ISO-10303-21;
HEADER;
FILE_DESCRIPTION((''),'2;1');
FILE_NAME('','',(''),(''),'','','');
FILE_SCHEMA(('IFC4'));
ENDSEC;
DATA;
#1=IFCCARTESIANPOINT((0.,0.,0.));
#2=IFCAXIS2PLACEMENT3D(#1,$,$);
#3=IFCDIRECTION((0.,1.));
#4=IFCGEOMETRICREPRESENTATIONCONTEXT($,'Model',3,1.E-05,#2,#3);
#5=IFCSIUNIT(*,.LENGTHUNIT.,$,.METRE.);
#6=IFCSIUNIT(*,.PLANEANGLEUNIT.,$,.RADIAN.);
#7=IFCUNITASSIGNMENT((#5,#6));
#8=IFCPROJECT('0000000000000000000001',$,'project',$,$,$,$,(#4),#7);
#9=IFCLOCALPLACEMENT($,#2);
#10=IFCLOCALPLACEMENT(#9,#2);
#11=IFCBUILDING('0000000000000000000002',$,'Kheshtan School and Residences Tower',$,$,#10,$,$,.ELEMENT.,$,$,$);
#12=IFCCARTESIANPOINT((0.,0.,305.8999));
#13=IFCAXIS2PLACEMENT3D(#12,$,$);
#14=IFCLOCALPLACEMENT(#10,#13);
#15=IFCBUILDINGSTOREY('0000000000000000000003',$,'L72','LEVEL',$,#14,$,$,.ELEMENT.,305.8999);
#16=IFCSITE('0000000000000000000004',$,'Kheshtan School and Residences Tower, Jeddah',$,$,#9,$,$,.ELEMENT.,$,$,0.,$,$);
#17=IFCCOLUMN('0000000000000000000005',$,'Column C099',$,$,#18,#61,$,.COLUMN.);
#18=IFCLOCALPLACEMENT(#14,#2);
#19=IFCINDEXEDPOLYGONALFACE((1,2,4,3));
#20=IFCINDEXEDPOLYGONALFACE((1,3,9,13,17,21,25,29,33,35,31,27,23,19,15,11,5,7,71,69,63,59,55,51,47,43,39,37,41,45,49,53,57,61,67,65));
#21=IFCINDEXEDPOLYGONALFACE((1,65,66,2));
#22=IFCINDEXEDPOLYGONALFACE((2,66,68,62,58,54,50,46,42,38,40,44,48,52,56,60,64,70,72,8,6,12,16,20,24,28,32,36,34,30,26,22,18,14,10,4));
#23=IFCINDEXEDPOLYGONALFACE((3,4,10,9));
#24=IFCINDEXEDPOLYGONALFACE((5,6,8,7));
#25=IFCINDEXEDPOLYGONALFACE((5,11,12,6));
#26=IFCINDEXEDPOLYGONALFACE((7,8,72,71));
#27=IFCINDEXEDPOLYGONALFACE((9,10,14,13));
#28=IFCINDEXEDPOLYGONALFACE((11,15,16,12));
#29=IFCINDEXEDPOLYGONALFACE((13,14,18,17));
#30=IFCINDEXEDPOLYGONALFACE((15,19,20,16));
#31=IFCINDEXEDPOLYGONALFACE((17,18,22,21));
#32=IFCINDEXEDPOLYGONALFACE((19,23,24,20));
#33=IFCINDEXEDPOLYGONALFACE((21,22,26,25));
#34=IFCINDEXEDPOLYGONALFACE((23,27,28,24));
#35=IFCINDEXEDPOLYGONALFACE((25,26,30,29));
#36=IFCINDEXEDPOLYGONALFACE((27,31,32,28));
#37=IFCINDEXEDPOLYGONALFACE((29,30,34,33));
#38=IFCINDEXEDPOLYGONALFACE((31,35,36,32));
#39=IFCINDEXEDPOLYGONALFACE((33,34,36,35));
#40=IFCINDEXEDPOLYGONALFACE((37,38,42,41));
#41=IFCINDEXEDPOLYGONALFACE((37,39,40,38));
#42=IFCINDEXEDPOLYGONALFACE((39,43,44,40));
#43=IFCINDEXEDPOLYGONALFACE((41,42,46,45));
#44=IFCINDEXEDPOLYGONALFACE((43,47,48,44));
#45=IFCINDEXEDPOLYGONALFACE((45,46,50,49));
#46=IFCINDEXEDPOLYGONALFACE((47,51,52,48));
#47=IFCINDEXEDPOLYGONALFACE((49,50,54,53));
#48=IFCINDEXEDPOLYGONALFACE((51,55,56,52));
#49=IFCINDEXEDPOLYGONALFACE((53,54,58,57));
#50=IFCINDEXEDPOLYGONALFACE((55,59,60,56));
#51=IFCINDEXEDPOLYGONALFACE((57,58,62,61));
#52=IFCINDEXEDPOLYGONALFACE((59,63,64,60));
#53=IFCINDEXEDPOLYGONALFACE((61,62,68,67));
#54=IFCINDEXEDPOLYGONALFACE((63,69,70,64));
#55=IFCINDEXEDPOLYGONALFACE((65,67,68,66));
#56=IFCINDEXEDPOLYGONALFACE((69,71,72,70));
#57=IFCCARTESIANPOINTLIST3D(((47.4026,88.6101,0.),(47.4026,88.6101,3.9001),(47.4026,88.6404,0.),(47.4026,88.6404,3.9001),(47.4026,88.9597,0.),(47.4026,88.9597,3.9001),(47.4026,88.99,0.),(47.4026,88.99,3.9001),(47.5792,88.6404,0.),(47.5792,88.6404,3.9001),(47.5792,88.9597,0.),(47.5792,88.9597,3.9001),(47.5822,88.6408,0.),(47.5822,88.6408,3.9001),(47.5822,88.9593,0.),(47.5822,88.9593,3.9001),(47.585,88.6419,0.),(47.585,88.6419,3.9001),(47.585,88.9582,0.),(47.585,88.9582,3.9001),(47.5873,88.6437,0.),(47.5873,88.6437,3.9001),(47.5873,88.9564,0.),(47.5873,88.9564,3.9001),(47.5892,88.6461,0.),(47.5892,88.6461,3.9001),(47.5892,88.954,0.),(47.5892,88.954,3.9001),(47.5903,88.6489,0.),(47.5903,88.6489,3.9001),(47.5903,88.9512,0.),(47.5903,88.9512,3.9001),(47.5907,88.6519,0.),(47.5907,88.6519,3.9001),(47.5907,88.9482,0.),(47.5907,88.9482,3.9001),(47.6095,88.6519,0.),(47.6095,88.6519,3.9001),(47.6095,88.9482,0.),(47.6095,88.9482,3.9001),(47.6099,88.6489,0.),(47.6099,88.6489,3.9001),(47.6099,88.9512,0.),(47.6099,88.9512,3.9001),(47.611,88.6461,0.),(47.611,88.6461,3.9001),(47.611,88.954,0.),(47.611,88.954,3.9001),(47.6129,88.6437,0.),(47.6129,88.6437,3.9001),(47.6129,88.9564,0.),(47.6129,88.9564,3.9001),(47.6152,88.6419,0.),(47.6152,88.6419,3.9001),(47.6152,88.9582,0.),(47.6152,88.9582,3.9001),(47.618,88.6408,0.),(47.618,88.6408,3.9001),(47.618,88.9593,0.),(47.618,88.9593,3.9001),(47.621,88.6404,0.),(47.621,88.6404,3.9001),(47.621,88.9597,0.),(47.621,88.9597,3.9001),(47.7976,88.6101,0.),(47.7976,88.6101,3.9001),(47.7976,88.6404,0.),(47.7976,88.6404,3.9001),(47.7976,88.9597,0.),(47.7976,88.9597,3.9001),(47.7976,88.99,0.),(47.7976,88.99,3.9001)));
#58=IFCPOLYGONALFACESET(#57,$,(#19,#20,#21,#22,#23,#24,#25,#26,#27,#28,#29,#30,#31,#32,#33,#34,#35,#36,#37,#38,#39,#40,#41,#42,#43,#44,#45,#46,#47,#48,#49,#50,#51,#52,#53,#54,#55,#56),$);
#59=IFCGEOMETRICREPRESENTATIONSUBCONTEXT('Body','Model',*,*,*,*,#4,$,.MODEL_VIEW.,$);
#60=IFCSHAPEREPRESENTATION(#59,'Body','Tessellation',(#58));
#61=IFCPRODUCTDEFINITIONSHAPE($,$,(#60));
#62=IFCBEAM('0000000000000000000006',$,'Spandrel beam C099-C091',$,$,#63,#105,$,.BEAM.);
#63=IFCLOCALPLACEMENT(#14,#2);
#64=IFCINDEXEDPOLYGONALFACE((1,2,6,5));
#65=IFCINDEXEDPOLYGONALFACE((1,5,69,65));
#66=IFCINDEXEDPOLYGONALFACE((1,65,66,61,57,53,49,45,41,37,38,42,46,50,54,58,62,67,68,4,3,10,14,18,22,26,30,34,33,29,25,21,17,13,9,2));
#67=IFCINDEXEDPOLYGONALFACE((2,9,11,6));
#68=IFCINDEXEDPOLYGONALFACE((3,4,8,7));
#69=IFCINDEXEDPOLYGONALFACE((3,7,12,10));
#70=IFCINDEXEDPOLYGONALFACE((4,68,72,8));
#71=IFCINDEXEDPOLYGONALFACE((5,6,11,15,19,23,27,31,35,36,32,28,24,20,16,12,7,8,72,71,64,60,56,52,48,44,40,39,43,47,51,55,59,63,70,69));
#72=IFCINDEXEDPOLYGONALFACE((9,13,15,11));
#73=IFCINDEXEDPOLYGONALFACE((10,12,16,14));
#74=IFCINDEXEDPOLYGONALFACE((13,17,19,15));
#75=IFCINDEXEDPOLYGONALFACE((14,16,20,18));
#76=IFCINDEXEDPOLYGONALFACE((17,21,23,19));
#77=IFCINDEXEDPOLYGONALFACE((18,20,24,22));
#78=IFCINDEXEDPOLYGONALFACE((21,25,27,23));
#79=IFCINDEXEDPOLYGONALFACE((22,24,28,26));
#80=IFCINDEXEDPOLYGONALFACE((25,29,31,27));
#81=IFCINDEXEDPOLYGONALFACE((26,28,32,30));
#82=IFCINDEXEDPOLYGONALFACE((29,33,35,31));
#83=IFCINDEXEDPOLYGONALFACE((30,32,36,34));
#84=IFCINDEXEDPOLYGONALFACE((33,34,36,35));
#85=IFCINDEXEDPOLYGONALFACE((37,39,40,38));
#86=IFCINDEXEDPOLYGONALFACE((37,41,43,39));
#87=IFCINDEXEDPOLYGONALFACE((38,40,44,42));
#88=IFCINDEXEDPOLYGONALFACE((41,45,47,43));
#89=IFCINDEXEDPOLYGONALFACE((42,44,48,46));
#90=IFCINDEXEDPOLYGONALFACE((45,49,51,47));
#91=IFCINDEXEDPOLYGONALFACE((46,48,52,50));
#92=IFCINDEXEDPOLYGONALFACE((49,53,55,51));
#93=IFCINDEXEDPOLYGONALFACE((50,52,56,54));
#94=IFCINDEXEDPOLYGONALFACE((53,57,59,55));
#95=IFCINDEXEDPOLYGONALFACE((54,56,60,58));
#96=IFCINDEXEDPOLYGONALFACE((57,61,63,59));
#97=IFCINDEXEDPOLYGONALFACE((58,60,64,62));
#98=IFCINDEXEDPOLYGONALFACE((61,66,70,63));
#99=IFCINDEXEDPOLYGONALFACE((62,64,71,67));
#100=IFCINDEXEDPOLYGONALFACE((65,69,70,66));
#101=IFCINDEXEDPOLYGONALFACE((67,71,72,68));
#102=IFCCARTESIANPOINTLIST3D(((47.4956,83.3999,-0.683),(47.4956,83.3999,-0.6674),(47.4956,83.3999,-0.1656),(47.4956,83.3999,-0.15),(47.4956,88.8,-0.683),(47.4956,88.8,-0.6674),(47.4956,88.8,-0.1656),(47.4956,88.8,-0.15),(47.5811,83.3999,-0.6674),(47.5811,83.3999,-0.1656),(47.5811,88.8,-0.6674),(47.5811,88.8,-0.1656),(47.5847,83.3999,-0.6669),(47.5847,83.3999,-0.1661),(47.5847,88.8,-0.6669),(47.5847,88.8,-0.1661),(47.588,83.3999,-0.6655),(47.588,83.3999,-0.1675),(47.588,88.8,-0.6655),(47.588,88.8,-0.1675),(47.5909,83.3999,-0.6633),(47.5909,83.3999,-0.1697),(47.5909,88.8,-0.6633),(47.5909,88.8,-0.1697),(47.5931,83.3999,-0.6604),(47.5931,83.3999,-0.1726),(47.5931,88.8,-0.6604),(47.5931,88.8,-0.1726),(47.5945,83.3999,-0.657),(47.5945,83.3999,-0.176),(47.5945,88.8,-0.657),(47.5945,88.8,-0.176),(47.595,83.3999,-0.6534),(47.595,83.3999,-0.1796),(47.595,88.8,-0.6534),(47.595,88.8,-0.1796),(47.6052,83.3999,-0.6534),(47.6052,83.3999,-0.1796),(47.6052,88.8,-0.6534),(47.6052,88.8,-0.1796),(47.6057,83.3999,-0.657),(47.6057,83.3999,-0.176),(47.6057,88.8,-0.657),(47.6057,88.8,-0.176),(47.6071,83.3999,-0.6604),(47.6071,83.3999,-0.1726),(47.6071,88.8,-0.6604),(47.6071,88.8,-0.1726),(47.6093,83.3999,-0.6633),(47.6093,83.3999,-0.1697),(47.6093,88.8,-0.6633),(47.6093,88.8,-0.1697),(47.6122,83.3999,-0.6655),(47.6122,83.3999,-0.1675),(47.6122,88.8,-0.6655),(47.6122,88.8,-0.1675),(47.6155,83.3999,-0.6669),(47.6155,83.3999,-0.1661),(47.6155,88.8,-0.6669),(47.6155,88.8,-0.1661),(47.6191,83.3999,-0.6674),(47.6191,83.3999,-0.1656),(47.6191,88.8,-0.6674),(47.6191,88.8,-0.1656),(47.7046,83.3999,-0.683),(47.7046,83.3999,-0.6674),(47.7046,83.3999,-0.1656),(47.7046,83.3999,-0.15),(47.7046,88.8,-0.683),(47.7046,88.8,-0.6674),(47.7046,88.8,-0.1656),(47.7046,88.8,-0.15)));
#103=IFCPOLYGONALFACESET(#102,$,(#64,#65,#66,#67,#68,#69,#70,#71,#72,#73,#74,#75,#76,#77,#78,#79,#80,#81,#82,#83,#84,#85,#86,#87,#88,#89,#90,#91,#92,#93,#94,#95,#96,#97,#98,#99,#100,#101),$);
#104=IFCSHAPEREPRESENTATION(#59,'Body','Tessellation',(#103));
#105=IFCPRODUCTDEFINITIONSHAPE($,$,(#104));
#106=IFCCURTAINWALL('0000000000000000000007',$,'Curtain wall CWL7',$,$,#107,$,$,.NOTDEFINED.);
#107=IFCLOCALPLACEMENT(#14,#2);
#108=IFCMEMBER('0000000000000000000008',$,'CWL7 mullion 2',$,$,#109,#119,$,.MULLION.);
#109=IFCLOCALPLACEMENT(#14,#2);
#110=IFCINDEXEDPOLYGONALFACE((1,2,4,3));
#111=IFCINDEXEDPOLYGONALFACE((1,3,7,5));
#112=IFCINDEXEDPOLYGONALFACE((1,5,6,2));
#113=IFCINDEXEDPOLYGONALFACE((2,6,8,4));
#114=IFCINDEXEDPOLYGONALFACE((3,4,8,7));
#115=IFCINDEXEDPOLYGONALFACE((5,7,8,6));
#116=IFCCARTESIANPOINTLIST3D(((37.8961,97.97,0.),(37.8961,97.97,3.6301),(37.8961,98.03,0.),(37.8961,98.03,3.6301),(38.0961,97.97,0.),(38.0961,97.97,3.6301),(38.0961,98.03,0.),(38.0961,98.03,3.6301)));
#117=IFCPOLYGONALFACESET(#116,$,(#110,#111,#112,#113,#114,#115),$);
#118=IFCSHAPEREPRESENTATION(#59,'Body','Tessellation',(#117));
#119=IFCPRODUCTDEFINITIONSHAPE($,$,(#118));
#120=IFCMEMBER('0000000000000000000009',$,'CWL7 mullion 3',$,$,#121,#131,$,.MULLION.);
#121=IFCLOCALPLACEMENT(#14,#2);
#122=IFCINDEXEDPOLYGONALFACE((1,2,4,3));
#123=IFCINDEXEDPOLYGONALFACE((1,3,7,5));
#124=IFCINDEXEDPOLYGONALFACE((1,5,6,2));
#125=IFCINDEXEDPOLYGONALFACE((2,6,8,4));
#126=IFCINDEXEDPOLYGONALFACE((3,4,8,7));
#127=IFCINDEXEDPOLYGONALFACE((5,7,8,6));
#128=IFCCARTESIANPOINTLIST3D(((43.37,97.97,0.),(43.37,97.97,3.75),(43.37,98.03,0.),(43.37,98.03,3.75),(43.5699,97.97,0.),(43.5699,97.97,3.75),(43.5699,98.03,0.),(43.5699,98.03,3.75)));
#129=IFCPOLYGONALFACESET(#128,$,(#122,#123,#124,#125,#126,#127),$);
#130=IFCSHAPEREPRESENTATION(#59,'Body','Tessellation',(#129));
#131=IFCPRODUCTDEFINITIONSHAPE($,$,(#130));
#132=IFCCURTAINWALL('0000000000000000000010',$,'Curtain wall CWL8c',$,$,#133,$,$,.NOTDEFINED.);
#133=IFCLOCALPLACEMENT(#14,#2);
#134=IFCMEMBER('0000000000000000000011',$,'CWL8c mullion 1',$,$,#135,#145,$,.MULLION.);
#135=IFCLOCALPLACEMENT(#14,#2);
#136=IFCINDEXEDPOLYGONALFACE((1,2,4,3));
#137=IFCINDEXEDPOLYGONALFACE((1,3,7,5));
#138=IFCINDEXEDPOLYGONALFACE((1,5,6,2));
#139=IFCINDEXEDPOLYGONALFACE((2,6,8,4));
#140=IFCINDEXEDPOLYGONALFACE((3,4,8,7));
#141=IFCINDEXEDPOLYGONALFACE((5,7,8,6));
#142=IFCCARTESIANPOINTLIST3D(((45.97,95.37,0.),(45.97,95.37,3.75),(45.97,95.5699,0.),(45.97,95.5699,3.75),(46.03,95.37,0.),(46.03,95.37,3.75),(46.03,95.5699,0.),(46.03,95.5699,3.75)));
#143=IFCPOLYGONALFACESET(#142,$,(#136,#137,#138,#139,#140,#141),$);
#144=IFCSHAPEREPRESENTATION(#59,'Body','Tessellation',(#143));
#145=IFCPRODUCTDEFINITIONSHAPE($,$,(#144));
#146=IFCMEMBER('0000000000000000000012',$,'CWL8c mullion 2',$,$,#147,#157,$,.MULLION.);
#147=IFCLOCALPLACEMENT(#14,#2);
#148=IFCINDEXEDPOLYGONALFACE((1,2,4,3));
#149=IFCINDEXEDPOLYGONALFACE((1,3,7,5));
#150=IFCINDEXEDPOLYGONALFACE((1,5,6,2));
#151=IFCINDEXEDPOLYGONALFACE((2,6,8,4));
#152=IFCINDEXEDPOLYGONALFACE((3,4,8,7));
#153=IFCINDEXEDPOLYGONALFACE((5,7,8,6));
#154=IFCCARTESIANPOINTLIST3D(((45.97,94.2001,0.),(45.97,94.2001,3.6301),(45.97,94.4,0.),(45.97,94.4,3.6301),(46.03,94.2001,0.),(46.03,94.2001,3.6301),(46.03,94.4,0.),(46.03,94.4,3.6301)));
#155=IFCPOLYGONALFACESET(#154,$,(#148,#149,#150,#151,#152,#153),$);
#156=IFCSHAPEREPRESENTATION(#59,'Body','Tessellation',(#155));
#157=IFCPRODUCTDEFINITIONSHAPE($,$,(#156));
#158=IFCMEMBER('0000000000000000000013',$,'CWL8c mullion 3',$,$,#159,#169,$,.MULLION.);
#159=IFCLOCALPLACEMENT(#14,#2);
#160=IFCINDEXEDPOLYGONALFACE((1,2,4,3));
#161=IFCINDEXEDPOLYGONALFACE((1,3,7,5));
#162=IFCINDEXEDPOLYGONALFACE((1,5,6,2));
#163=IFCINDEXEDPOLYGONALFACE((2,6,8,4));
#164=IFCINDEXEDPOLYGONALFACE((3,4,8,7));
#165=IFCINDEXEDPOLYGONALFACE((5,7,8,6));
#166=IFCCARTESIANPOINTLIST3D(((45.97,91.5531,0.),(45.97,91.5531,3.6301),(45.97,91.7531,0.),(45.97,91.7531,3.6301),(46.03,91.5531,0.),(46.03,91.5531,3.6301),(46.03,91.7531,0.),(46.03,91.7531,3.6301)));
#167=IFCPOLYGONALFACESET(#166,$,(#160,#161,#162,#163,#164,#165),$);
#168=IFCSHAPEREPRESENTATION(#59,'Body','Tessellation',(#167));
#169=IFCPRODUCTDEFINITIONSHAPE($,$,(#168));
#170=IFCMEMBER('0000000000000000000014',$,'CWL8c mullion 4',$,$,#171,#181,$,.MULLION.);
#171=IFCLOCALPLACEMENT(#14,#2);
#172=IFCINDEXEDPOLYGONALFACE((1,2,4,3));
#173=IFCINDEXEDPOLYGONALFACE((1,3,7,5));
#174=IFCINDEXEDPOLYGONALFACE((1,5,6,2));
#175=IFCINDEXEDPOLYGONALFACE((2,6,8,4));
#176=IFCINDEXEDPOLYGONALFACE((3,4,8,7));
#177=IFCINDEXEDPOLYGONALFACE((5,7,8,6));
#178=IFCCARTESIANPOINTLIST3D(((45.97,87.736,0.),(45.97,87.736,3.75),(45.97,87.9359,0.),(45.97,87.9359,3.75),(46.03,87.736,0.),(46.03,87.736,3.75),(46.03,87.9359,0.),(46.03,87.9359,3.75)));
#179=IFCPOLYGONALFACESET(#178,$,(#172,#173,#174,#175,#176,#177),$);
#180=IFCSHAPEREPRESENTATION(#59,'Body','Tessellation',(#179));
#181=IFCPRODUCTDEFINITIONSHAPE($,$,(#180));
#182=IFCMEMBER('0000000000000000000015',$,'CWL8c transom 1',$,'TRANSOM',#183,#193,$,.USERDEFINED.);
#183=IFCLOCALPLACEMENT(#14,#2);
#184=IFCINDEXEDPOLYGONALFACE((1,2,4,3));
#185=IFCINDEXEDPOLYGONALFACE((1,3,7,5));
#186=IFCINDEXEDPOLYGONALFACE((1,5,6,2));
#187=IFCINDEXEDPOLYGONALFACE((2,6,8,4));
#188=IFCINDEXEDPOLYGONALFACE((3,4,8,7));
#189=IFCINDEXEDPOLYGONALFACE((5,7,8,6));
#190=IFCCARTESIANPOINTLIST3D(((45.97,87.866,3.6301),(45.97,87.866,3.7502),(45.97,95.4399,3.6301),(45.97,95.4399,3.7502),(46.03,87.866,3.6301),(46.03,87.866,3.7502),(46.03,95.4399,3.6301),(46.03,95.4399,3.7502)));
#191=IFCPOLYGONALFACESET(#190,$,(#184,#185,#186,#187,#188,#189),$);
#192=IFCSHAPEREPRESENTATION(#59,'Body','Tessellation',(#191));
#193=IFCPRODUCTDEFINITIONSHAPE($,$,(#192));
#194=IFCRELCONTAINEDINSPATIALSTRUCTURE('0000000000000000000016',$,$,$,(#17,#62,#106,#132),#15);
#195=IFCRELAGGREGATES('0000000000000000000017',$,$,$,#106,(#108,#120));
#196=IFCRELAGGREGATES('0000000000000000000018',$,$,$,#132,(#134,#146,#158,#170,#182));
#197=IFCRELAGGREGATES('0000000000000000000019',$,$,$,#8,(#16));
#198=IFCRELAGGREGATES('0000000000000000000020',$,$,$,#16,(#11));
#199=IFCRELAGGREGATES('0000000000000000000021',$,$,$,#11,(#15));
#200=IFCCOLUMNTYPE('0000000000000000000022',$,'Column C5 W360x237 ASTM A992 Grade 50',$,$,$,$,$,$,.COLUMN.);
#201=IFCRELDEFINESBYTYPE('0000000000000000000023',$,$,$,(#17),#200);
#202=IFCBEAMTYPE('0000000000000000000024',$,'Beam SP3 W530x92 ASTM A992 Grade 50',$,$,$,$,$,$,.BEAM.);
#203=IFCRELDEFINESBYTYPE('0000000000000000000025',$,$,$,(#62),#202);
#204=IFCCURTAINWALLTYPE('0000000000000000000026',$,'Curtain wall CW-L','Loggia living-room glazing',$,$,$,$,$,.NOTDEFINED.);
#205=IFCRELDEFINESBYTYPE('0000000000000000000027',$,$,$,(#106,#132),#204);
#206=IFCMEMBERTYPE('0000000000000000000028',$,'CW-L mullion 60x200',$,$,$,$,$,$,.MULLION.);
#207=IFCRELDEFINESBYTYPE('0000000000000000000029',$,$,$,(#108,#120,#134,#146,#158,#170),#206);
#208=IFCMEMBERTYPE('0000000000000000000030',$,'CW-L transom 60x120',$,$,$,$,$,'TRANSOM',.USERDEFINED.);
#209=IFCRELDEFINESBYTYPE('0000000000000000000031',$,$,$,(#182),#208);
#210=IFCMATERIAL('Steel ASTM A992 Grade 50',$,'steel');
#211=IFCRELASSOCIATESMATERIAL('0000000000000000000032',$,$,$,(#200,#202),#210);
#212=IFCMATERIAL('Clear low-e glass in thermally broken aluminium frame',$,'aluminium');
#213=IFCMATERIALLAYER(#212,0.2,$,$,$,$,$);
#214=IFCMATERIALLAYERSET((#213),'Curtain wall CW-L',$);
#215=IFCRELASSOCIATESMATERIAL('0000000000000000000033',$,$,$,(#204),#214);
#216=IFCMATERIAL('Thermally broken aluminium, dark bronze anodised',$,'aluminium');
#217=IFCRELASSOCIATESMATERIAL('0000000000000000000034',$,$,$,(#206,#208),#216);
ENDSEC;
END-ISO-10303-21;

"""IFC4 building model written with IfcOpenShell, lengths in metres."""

from ifc_helpers import new_model, si_unit, direction, frame, origin, origin_2d, place, context, subcontext, project, spatial, rectangle, i_section, extrude, material, layer, layer_set, material_profile, profile_set, type_object, element, aggregate, save


model = new_model("IFC4")

# Units and contexts
model_context = context("Model", 3, precision=1e-05, world=origin(), true_north=direction((0.0, 1.0)))
body_context = subcontext(model_context, "Body", "Model", "MODEL_VIEW")
ifc_project = project(units=[si_unit("LENGTHUNIT", "METRE"), si_unit("PLANEANGLEUNIT", "RADIAN")], contexts=[model_context])

# Site, building, storey
site_placement = place(None, origin())
site = spatial("IfcSite", under=ifc_project, at=site_placement, Name="Kheshtan School and Residences Tower, Jeddah", CompositionType="ELEMENT", RefElevation=0.0)
building_placement = place(site_placement, origin())
building = spatial("IfcBuilding", under=site, at=building_placement, Name="Kheshtan School and Residences Tower", CompositionType="ELEMENT")
storey_placement = place(building_placement, frame((0.0, 0.0, 305.8999)))
storey = spatial("IfcBuildingStorey", under=building, at=storey_placement, Name="L72", Description="LEVEL", CompositionType="ELEMENT", Elevation=305.8999)

# Column
ifc_material_1 = material(Name="Steel ASTM A992 Grade 50", Category="steel")
ifc_material_profile_1 = material_profile(ifc_material_1, i_section(OverallWidth=0.395, OverallDepth=0.3799, WebThickness=0.0188, FlangeThickness=0.0303, FilletRadius=0.0115, at=origin_2d()), Name="W360x237")
ifc_profile_set_1 = profile_set([ifc_material_profile_1], Name="Steel ASTM A992 Grade 50")
column_type = type_object("IfcColumnType", Name="Column C5 W360x237 ASTM A992 Grade 50", PredefinedType="COLUMN", material=ifc_profile_set_1)
column_placement = place(storey_placement, frame((47.6001, 88.8, 0.0), z_axis=(0.0, 0.0, 1.0), x_axis=(1.0, 0.0, 0.0)))
element("IfcColumn", 1, at=column_placement, inside=storey, type_object=column_type, Name="Column C099", PredefinedType="COLUMN", context=body_context, shape_type="SweptSolid", body=[
    extrude(i_section(OverallWidth=0.395, OverallDepth=0.3799, WebThickness=0.0188, FlangeThickness=0.0303, FilletRadius=0.0115, at=origin_2d()), origin(), (0.0, 0.0, 1.0), 3.9001),
])

# Beam
ifc_material_profile_2 = material_profile(ifc_material_1, i_section(OverallWidth=0.209, OverallDepth=0.533, WebThickness=0.0103, FlangeThickness=0.0156, FilletRadius=0.0139, at=origin_2d()), Name="W530x92")
ifc_profile_set_2 = profile_set([ifc_material_profile_2], Name="Steel ASTM A992 Grade 50")
beam_type = type_object("IfcBeamType", Name="Beam SP3 W530x92 ASTM A992 Grade 50", PredefinedType="BEAM", material=ifc_profile_set_2)
beam_placement = place(storey_placement, frame((47.6001, 88.8, -0.4165), z_axis=(0.0, -1.0, 0.0), x_axis=(1.0, 0.0, 0.0)))
element("IfcBeam", 2, at=beam_placement, inside=storey, type_object=beam_type, Name="Spandrel beam C099-C091", PredefinedType="BEAM", context=body_context, shape_type="SweptSolid", body=[
    extrude(i_section(OverallWidth=0.209, OverallDepth=0.533, WebThickness=0.0103, FlangeThickness=0.0156, FilletRadius=0.0139, at=origin_2d()), origin(), (0.0, 0.0, 1.0), 5.4001),
])

# Curtain walls, members
ifc_material_2 = material(Name="Clear low-e glass in thermally broken aluminium frame", Category="aluminium")
ifc_layer_1 = layer(ifc_material_2, 0.2)
ifc_layer_set_1 = layer_set([ifc_layer_1], Name="Curtain wall CW-L")
curtain_wall_type = type_object("IfcCurtainWallType", Name="Curtain wall CW-L", Description="Loggia living-room glazing", PredefinedType="NOTDEFINED", material=ifc_layer_set_1)
curtain_wall_1_placement = place(storey_placement, origin())
curtain_wall_1 = element("IfcCurtainWall", 3, at=curtain_wall_1_placement, inside=storey, type_object=curtain_wall_type, Name="Curtain wall CWL7", PredefinedType="NOTDEFINED")
ifc_material_3 = material(Name="Thermally broken aluminium, dark bronze anodised", Category="aluminium")
ifc_material_profile_3 = material_profile(ifc_material_3, rectangle(XDim=0.0601, YDim=0.2, at=origin_2d()), Name="CW-L mullion 60x200")
ifc_profile_set_3 = profile_set([ifc_material_profile_3], Name="Thermally broken aluminium, dark bronze anodised")
member_type_1 = type_object("IfcMemberType", Name="CW-L mullion 60x200", PredefinedType="MULLION", material=ifc_profile_set_3)
member_1_placement = place(storey_placement, frame((37.9961, 98.0, 0.0), z_axis=(0.0, 0.0, 1.0), x_axis=(0.0, 1.0, 0.0)))
member_1 = element("IfcMember", 4, at=member_1_placement, type_object=member_type_1, Name="CWL7 mullion 2", PredefinedType="MULLION", context=body_context, shape_type="SweptSolid", body=[
    extrude(rectangle(XDim=0.0601, YDim=0.2, at=origin_2d()), origin(), (0.0, 0.0, 1.0), 3.6301),
])
member_2_placement = place(storey_placement, frame((43.47, 98.0, 0.0), z_axis=(0.0, 0.0, 1.0), x_axis=(0.0, 1.0, 0.0)))
member_2 = element("IfcMember", 5, at=member_2_placement, type_object=member_type_1, Name="CWL7 mullion 3", PredefinedType="MULLION", context=body_context, shape_type="SweptSolid", body=[
    extrude(rectangle(XDim=0.0601, YDim=0.2, at=origin_2d()), origin(), (0.0, 0.0, 1.0), 3.75),
])
curtain_wall_2_placement = place(storey_placement, origin())
curtain_wall_2 = element("IfcCurtainWall", 6, at=curtain_wall_2_placement, inside=storey, type_object=curtain_wall_type, Name="Curtain wall CWL8c", PredefinedType="NOTDEFINED")
member_3_placement = place(storey_placement, frame((46.0, 95.47, 0.0), z_axis=(0.0, 0.0, 1.0), x_axis=(1.0, 0.0, 0.0)))
member_3 = element("IfcMember", 7, at=member_3_placement, type_object=member_type_1, Name="CWL8c mullion 1", PredefinedType="MULLION", context=body_context, shape_type="SweptSolid", body=[
    extrude(rectangle(XDim=0.0601, YDim=0.2, at=origin_2d()), origin(), (0.0, 0.0, 1.0), 3.75),
])
member_4_placement = place(storey_placement, frame((46.0, 94.3, 0.0), z_axis=(0.0, 0.0, 1.0), x_axis=(1.0, 0.0, 0.0)))
member_4 = element("IfcMember", 8, at=member_4_placement, type_object=member_type_1, Name="CWL8c mullion 2", PredefinedType="MULLION", context=body_context, shape_type="SweptSolid", body=[
    extrude(rectangle(XDim=0.0601, YDim=0.2, at=origin_2d()), origin(), (0.0, 0.0, 1.0), 3.6301),
])
member_5_placement = place(storey_placement, frame((46.0, 91.6531, 0.0), z_axis=(0.0, 0.0, 1.0), x_axis=(1.0, 0.0, 0.0)))
member_5 = element("IfcMember", 9, at=member_5_placement, type_object=member_type_1, Name="CWL8c mullion 3", PredefinedType="MULLION", context=body_context, shape_type="SweptSolid", body=[
    extrude(rectangle(XDim=0.0601, YDim=0.2, at=origin_2d()), origin(), (0.0, 0.0, 1.0), 3.6301),
])
member_6_placement = place(storey_placement, frame((46.0, 87.8359, 0.0), z_axis=(0.0, 0.0, 1.0), x_axis=(1.0, 0.0, 0.0)))
member_6 = element("IfcMember", 10, at=member_6_placement, type_object=member_type_1, Name="CWL8c mullion 4", PredefinedType="MULLION", context=body_context, shape_type="SweptSolid", body=[
    extrude(rectangle(XDim=0.0601, YDim=0.2, at=origin_2d()), origin(), (0.0, 0.0, 1.0), 3.75),
])
ifc_material_profile_4 = material_profile(ifc_material_3, rectangle(XDim=0.0601, YDim=0.1201, at=origin_2d()), Name="CW-L transom 60x120")
ifc_profile_set_4 = profile_set([ifc_material_profile_4], Name="Thermally broken aluminium, dark bronze anodised")
member_type_2 = type_object("IfcMemberType", Name="CW-L transom 60x120", ElementType="TRANSOM", PredefinedType="USERDEFINED", material=ifc_profile_set_4)
member_7_placement = place(storey_placement, frame((46.0, 95.4399, 3.6902), z_axis=(0.0, -1.0, 0.0), x_axis=(1.0, 0.0, 0.0)))
member_7 = element("IfcMember", 11, at=member_7_placement, type_object=member_type_2, Name="CWL8c transom 1", ObjectType="TRANSOM", PredefinedType="USERDEFINED", context=body_context, shape_type="SweptSolid", body=[
    extrude(rectangle(XDim=0.0601, YDim=0.1201, at=origin_2d()), origin(), (0.0, 0.0, 1.0), 7.574),
])

aggregate(curtain_wall_1, [member_1, member_2])
aggregate(curtain_wall_2, [member_3, member_4, member_5, member_6, member_7])

save(model, "model.ifc")
